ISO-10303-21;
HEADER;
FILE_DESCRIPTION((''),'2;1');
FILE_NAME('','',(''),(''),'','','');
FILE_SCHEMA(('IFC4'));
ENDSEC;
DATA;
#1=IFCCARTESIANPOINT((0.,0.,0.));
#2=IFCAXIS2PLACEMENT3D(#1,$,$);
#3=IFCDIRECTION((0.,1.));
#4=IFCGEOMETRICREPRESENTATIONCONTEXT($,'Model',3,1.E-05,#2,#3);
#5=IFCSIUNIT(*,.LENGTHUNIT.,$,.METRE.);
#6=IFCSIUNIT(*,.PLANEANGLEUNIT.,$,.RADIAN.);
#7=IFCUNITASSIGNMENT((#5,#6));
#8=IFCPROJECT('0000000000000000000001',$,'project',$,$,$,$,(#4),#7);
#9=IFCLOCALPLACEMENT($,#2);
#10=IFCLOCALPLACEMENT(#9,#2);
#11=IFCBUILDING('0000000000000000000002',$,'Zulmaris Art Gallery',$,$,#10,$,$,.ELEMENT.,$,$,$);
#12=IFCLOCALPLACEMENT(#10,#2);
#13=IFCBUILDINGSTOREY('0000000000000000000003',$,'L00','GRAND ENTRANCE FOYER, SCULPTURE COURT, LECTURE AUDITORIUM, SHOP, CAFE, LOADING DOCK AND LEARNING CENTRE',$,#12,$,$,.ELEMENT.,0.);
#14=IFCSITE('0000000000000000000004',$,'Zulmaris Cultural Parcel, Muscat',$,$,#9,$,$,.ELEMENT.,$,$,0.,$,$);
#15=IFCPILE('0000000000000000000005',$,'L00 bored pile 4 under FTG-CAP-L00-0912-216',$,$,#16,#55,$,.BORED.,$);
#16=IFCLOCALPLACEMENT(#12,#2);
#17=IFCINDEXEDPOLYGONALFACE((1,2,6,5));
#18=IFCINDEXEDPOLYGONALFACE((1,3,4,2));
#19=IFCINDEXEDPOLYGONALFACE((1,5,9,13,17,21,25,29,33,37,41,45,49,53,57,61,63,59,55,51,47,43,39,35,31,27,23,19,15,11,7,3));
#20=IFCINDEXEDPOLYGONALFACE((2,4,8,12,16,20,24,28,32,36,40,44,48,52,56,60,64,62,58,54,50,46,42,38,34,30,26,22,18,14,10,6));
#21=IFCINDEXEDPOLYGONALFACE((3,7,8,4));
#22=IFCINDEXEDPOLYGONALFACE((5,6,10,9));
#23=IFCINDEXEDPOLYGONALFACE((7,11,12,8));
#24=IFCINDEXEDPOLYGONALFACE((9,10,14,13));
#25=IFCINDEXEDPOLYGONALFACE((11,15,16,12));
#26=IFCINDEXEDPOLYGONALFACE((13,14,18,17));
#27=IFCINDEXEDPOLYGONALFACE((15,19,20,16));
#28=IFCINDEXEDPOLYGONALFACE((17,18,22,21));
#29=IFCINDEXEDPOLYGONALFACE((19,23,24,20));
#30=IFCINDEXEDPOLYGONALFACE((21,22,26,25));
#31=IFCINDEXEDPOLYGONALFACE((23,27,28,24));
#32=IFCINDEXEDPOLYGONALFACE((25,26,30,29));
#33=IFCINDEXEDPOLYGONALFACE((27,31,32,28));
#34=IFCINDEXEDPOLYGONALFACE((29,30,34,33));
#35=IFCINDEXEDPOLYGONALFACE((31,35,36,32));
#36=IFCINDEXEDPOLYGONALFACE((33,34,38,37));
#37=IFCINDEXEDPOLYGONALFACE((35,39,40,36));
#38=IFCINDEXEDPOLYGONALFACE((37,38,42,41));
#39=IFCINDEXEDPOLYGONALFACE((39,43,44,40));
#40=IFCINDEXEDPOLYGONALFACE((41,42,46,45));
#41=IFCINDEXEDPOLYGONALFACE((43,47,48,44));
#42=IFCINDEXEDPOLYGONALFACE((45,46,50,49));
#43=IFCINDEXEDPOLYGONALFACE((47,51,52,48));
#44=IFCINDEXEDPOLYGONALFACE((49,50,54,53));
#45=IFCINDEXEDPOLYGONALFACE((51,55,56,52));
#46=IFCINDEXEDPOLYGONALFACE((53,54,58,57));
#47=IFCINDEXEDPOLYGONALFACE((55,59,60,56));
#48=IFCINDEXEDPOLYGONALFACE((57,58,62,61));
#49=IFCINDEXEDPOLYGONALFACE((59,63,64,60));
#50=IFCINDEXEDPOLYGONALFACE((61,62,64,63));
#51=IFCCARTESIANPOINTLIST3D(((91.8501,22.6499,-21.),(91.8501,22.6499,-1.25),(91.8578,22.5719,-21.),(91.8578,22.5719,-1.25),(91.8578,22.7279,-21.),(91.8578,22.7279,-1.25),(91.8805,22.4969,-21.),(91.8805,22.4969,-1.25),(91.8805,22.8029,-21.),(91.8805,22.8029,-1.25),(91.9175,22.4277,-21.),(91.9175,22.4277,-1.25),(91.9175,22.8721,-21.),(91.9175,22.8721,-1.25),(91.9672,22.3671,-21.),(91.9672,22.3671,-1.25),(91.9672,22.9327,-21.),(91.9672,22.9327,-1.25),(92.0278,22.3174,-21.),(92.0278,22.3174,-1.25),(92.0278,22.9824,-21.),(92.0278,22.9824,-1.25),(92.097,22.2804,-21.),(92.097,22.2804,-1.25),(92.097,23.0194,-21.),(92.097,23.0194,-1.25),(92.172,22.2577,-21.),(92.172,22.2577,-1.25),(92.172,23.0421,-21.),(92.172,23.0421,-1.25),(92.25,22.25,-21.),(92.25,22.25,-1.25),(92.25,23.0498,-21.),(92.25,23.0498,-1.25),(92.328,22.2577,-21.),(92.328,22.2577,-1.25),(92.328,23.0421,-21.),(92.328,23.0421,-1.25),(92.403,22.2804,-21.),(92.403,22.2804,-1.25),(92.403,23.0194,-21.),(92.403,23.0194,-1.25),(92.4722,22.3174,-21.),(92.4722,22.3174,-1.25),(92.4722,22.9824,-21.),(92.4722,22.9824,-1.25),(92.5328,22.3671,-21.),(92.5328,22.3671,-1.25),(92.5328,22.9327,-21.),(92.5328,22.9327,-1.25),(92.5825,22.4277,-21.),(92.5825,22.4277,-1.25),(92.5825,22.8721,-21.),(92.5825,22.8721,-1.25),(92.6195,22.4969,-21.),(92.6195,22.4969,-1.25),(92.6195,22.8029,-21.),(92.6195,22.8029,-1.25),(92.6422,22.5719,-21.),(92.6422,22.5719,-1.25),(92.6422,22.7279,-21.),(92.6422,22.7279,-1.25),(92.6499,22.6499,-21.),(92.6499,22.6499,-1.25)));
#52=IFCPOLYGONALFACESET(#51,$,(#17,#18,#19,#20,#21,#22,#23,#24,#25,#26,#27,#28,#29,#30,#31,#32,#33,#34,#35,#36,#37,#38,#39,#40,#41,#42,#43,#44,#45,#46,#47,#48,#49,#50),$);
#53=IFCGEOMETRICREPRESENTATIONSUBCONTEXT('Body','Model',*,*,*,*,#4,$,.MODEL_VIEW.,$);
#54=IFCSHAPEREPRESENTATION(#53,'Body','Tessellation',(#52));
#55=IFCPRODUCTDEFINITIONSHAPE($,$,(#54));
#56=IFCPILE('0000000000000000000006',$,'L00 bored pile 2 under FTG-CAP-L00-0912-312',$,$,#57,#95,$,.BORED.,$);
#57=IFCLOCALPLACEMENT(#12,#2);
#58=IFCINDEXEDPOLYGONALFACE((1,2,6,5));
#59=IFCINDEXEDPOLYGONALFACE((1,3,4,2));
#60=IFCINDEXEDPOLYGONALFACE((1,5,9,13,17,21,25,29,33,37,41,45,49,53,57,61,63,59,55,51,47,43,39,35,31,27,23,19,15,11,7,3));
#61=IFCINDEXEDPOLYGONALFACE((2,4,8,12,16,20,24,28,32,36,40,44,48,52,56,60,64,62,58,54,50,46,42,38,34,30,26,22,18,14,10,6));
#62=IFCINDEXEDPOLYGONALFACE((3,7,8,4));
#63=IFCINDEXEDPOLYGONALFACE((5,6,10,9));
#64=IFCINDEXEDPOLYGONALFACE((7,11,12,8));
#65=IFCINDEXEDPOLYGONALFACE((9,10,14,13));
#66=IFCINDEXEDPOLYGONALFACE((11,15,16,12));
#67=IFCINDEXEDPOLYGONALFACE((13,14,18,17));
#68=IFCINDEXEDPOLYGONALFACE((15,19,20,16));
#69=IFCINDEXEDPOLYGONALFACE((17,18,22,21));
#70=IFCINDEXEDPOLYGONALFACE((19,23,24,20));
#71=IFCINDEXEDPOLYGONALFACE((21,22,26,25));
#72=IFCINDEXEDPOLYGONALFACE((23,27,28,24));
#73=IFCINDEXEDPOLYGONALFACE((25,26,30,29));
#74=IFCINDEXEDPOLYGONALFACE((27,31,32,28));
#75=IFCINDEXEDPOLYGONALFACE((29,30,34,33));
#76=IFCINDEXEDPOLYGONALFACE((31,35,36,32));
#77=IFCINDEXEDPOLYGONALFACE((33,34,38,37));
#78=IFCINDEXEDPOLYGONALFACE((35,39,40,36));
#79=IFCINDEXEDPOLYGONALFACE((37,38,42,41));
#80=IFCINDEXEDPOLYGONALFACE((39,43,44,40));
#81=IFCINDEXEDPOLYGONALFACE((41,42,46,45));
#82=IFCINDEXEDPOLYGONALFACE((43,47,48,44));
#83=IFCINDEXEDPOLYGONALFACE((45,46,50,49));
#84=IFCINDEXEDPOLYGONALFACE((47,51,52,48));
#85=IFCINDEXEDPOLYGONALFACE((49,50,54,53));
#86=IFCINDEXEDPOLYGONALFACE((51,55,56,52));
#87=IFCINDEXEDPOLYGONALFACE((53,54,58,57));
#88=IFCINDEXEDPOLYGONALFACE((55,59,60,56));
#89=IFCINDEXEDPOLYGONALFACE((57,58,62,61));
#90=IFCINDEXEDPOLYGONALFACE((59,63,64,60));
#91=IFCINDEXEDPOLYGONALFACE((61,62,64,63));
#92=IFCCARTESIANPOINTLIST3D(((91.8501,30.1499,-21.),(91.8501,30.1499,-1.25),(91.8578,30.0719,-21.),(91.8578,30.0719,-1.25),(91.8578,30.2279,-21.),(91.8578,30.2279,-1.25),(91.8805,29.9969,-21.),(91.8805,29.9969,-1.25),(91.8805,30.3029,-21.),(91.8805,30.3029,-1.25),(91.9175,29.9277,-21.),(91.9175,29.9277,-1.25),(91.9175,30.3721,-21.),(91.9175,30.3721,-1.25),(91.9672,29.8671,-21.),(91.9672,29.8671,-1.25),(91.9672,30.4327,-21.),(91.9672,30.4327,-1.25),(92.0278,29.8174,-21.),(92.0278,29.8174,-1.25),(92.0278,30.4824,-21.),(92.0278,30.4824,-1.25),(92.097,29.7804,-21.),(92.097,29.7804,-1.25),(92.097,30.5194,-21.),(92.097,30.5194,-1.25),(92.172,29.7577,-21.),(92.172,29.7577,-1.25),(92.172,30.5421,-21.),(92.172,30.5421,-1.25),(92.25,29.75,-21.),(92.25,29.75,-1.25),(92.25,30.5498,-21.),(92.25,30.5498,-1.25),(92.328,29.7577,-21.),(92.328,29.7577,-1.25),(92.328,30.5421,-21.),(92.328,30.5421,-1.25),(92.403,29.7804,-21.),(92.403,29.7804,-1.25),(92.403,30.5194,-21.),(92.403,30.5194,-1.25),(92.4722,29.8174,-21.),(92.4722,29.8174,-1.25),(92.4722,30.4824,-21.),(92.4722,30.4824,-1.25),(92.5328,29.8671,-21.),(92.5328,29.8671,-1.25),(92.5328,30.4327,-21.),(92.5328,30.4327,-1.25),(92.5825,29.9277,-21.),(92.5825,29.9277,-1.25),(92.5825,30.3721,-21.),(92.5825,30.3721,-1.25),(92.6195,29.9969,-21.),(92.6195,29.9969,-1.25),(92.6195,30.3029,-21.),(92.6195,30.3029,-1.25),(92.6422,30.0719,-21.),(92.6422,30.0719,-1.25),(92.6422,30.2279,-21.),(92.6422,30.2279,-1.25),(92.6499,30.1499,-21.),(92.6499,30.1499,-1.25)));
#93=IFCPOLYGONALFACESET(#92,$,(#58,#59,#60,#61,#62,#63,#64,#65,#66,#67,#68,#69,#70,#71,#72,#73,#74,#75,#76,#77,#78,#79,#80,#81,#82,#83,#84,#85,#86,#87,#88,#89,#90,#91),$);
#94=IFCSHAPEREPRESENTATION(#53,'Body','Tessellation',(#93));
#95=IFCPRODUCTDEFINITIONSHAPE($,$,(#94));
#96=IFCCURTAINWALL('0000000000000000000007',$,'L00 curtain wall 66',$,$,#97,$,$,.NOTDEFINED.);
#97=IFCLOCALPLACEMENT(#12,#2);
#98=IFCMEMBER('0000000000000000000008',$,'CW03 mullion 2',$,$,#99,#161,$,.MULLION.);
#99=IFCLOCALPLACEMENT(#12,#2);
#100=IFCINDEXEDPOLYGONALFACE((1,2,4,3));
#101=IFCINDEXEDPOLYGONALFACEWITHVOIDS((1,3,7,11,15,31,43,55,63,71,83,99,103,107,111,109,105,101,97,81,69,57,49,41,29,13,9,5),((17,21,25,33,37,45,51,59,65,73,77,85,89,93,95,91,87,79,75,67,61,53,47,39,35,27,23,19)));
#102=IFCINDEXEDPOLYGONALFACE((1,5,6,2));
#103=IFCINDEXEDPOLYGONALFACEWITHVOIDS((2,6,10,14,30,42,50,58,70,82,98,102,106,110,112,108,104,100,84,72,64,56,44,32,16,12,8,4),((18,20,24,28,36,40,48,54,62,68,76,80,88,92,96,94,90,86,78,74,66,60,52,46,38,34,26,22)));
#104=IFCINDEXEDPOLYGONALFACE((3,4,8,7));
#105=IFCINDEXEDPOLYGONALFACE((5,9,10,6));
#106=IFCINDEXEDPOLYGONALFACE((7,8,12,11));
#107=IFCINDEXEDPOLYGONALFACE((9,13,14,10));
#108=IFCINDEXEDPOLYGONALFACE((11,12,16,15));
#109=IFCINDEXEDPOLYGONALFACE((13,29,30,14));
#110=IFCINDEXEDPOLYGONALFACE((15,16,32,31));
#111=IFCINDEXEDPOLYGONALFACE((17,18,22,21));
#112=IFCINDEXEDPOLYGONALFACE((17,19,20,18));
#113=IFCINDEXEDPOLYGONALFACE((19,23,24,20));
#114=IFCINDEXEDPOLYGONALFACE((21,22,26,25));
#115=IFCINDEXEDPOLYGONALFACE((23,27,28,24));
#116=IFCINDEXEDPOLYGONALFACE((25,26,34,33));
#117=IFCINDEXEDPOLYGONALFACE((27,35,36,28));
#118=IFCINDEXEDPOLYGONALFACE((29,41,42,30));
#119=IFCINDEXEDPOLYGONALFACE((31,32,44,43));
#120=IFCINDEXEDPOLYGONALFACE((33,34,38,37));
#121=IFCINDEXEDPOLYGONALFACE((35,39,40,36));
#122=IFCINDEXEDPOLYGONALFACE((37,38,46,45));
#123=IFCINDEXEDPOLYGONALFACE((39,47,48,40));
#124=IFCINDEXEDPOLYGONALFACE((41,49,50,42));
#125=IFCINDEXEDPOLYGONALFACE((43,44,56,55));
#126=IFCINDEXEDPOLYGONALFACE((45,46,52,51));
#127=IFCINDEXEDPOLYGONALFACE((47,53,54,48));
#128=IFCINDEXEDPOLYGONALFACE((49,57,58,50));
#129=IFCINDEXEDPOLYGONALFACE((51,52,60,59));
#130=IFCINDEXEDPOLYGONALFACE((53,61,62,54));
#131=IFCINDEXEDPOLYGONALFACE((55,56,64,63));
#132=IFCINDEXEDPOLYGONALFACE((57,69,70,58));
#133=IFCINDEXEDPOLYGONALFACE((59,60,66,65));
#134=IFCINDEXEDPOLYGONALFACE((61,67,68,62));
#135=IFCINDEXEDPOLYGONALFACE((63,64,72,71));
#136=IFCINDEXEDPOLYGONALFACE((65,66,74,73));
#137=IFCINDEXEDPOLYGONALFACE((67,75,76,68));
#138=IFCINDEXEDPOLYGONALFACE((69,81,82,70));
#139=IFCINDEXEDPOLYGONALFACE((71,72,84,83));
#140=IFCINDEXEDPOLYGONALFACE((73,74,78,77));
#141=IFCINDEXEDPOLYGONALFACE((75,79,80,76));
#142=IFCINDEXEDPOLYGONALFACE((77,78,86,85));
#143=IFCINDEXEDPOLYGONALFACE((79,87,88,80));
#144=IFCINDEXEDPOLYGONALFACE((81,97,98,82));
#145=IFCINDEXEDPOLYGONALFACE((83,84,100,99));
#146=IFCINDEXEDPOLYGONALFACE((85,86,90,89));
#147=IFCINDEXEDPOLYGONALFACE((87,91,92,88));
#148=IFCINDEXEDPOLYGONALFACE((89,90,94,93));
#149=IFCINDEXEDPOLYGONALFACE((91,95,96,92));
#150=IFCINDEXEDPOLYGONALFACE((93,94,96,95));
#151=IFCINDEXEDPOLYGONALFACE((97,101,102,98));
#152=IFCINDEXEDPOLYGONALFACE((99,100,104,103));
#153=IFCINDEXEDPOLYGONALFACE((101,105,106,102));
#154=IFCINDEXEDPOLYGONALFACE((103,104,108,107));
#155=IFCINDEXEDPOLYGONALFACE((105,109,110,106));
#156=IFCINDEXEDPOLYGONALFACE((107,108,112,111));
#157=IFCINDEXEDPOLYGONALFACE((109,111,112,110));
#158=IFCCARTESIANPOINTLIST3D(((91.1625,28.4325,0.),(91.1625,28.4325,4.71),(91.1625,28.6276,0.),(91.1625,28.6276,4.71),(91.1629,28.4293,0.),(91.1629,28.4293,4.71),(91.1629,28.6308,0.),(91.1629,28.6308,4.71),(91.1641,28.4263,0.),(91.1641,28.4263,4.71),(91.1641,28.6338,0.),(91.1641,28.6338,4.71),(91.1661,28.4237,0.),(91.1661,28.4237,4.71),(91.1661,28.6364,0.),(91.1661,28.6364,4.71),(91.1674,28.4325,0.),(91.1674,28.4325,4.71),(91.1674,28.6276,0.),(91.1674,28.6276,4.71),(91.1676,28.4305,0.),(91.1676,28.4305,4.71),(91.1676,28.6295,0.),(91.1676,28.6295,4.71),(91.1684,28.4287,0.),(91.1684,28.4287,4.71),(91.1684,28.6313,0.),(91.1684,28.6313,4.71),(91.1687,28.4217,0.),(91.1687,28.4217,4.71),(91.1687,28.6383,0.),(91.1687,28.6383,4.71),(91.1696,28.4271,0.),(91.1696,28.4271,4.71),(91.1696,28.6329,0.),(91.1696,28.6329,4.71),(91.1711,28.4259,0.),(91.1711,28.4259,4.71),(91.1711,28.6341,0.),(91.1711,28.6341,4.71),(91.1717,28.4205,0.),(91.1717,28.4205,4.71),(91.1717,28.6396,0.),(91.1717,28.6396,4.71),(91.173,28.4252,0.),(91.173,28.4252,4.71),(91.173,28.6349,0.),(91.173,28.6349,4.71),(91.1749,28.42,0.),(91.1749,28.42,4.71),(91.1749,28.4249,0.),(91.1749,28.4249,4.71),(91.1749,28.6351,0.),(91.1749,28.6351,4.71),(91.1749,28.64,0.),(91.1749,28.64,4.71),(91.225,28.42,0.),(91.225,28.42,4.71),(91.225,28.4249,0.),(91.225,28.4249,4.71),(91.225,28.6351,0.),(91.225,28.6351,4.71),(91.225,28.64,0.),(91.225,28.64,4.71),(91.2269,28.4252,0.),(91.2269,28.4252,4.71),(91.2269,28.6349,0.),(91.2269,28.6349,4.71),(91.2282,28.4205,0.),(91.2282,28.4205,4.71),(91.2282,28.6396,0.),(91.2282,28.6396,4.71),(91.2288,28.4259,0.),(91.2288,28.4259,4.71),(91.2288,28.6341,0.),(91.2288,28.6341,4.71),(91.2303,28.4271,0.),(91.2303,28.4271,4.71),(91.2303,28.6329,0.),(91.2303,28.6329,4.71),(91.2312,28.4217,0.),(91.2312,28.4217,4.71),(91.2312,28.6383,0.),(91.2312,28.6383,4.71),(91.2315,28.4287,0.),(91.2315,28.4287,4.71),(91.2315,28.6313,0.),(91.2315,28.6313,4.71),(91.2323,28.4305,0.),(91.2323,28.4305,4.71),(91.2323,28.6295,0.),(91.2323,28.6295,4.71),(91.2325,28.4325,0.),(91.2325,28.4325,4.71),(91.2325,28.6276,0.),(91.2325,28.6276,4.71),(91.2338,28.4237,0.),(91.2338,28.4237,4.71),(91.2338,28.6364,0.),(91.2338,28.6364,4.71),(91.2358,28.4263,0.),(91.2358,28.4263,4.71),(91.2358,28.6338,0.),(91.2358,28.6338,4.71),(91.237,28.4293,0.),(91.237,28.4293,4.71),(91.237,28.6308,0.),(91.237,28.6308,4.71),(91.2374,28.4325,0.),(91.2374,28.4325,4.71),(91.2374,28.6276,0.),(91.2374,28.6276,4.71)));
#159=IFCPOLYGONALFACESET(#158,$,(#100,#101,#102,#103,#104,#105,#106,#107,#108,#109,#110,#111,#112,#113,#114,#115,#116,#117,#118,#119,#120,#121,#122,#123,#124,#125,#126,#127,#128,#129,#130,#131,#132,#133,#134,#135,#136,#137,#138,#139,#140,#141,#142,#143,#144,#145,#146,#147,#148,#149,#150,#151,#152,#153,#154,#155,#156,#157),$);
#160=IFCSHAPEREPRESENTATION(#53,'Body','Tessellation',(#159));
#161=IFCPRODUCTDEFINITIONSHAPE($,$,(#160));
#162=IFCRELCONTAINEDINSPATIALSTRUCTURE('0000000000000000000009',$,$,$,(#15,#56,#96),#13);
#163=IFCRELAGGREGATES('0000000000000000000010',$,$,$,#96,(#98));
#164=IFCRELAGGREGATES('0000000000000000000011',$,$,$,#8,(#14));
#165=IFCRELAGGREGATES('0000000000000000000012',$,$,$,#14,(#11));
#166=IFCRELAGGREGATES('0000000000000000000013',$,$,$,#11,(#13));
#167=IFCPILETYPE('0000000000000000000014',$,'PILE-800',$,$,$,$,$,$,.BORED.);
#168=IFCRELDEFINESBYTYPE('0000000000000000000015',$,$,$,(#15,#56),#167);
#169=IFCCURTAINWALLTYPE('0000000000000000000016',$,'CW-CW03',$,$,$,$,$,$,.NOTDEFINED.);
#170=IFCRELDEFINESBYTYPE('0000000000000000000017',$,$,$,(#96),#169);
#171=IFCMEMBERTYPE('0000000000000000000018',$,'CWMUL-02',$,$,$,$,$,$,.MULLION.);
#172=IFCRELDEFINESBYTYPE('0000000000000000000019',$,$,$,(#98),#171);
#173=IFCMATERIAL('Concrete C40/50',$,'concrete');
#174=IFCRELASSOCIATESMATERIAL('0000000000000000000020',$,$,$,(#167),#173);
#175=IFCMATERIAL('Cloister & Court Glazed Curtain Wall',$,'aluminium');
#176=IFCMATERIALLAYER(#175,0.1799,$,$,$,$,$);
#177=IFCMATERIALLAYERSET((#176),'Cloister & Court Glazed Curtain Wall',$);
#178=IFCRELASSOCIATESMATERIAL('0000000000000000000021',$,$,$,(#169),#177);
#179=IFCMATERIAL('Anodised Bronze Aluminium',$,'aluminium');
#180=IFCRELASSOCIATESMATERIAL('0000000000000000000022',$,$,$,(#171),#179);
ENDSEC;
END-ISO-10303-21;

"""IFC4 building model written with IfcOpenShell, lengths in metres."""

from ifc_helpers import new_model, si_unit, direction, frame, origin, origin_2d, place, context, subcontext, project, spatial, hollow_rectangle, circle, extrude, material, layer, layer_set, material_profile, profile_set, type_object, element, aggregate, save


model = new_model("IFC4")

# Units and contexts
model_context = context("Model", 3, precision=1e-05, world=origin(), true_north=direction((0.0, 1.0)))
body_context = subcontext(model_context, "Body", "Model", "MODEL_VIEW")
ifc_project = project(units=[si_unit("LENGTHUNIT", "METRE"), si_unit("PLANEANGLEUNIT", "RADIAN")], contexts=[model_context])

# Site, building, storey
site_placement = place(None, origin())
site = spatial("IfcSite", under=ifc_project, at=site_placement, Name="Zulmaris Cultural Parcel, Muscat", CompositionType="ELEMENT", RefElevation=0.0)
building_placement = place(site_placement, origin())
building = spatial("IfcBuilding", under=site, at=building_placement, Name="Zulmaris Art Gallery", CompositionType="ELEMENT")
storey_placement = place(building_placement, origin())
storey = spatial("IfcBuildingStorey", under=building, at=storey_placement, Name="L00", Description="GRAND ENTRANCE FOYER, SCULPTURE COURT, LECTURE AUDITORIUM, SHOP, CAFE, LOADING DOCK AND LEARNING CENTRE", CompositionType="ELEMENT", Elevation=0.0)

# Piles
ifc_material_1 = material(Name="Concrete C40/50", Category="concrete")
ifc_material_profile_1 = material_profile(ifc_material_1, circle(Radius=0.3999, at=origin_2d()), Name="PILE DIA 800")
ifc_profile_set_1 = profile_set([ifc_material_profile_1], Name="Concrete C40/50")
pile_type = type_object("IfcPileType", Name="PILE-800", PredefinedType="BORED", material=ifc_profile_set_1)
for number, where, z_axis, x_axis, name in (
    (1, (92.25, 22.6499, -1.25), (0.0, 0.0, -1.0), (1.0, 0.0, 0.0), "L00 bored pile 4 under FTG-CAP-L00-0912-216"),
    (2, (92.25, 30.1499, -1.25), (0.0, 0.0, -1.0), (1.0, 0.0, 0.0), "L00 bored pile 2 under FTG-CAP-L00-0912-312"),
):
    element("IfcPile", number, at=place(storey_placement, frame(where, z_axis=z_axis, x_axis=x_axis)), inside=storey, type_object=pile_type, Name=name, PredefinedType="BORED", context=body_context, shape_type="SweptSolid", body=[
        extrude(circle(Radius=0.3999, at=origin_2d()), origin(), (0.0, 0.0, 1.0), 19.75),
    ])

# Curtain wall, member
ifc_material_2 = material(Name="Cloister & Court Glazed Curtain Wall", Category="aluminium")
ifc_layer_1 = layer(ifc_material_2, 0.1799)
ifc_layer_set_1 = layer_set([ifc_layer_1], Name="Cloister & Court Glazed Curtain Wall")
curtain_wall_type = type_object("IfcCurtainWallType", Name="CW-CW03", PredefinedType="NOTDEFINED", material=ifc_layer_set_1)
curtain_wall_1_placement = place(storey_placement, origin())
curtain_wall_1 = element("IfcCurtainWall", 3, at=curtain_wall_1_placement, inside=storey, type_object=curtain_wall_type, Name="L00 curtain wall 66", PredefinedType="NOTDEFINED")
ifc_material_3 = material(Name="Anodised Bronze Aluminium", Category="aluminium")
ifc_material_profile_2 = material_profile(ifc_material_3, hollow_rectangle(XDim=0.075, YDim=0.22, WallThickness=0.0049, InnerFilletRadius=0.0076, OuterFilletRadius=0.0125, at=origin_2d()), Name="ALU 75x220x5")
ifc_profile_set_2 = profile_set([ifc_material_profile_2], Name="Anodised Bronze Aluminium")
member_type_1 = type_object("IfcMemberType", Name="CWMUL-02", PredefinedType="MULLION", material=ifc_profile_set_2)
member_1_placement = place(storey_placement, frame((91.2, 28.53, 0.0), z_axis=(0.0, 0.0, 1.0), x_axis=(1.0, 0.0, 0.0)))
member_1 = element("IfcMember", 4, at=member_1_placement, type_object=member_type_1, Name="CW03 mullion 2", PredefinedType="MULLION", context=body_context, shape_type="SweptSolid", body=[
    extrude(hollow_rectangle(XDim=0.075, YDim=0.22, WallThickness=0.0049, InnerFilletRadius=0.0076, OuterFilletRadius=0.0125, at=origin_2d()), origin(), (0.0, 0.0, 1.0), 4.71),
])

aggregate(curtain_wall_1, [member_1])

save(model, "model.ifc")
